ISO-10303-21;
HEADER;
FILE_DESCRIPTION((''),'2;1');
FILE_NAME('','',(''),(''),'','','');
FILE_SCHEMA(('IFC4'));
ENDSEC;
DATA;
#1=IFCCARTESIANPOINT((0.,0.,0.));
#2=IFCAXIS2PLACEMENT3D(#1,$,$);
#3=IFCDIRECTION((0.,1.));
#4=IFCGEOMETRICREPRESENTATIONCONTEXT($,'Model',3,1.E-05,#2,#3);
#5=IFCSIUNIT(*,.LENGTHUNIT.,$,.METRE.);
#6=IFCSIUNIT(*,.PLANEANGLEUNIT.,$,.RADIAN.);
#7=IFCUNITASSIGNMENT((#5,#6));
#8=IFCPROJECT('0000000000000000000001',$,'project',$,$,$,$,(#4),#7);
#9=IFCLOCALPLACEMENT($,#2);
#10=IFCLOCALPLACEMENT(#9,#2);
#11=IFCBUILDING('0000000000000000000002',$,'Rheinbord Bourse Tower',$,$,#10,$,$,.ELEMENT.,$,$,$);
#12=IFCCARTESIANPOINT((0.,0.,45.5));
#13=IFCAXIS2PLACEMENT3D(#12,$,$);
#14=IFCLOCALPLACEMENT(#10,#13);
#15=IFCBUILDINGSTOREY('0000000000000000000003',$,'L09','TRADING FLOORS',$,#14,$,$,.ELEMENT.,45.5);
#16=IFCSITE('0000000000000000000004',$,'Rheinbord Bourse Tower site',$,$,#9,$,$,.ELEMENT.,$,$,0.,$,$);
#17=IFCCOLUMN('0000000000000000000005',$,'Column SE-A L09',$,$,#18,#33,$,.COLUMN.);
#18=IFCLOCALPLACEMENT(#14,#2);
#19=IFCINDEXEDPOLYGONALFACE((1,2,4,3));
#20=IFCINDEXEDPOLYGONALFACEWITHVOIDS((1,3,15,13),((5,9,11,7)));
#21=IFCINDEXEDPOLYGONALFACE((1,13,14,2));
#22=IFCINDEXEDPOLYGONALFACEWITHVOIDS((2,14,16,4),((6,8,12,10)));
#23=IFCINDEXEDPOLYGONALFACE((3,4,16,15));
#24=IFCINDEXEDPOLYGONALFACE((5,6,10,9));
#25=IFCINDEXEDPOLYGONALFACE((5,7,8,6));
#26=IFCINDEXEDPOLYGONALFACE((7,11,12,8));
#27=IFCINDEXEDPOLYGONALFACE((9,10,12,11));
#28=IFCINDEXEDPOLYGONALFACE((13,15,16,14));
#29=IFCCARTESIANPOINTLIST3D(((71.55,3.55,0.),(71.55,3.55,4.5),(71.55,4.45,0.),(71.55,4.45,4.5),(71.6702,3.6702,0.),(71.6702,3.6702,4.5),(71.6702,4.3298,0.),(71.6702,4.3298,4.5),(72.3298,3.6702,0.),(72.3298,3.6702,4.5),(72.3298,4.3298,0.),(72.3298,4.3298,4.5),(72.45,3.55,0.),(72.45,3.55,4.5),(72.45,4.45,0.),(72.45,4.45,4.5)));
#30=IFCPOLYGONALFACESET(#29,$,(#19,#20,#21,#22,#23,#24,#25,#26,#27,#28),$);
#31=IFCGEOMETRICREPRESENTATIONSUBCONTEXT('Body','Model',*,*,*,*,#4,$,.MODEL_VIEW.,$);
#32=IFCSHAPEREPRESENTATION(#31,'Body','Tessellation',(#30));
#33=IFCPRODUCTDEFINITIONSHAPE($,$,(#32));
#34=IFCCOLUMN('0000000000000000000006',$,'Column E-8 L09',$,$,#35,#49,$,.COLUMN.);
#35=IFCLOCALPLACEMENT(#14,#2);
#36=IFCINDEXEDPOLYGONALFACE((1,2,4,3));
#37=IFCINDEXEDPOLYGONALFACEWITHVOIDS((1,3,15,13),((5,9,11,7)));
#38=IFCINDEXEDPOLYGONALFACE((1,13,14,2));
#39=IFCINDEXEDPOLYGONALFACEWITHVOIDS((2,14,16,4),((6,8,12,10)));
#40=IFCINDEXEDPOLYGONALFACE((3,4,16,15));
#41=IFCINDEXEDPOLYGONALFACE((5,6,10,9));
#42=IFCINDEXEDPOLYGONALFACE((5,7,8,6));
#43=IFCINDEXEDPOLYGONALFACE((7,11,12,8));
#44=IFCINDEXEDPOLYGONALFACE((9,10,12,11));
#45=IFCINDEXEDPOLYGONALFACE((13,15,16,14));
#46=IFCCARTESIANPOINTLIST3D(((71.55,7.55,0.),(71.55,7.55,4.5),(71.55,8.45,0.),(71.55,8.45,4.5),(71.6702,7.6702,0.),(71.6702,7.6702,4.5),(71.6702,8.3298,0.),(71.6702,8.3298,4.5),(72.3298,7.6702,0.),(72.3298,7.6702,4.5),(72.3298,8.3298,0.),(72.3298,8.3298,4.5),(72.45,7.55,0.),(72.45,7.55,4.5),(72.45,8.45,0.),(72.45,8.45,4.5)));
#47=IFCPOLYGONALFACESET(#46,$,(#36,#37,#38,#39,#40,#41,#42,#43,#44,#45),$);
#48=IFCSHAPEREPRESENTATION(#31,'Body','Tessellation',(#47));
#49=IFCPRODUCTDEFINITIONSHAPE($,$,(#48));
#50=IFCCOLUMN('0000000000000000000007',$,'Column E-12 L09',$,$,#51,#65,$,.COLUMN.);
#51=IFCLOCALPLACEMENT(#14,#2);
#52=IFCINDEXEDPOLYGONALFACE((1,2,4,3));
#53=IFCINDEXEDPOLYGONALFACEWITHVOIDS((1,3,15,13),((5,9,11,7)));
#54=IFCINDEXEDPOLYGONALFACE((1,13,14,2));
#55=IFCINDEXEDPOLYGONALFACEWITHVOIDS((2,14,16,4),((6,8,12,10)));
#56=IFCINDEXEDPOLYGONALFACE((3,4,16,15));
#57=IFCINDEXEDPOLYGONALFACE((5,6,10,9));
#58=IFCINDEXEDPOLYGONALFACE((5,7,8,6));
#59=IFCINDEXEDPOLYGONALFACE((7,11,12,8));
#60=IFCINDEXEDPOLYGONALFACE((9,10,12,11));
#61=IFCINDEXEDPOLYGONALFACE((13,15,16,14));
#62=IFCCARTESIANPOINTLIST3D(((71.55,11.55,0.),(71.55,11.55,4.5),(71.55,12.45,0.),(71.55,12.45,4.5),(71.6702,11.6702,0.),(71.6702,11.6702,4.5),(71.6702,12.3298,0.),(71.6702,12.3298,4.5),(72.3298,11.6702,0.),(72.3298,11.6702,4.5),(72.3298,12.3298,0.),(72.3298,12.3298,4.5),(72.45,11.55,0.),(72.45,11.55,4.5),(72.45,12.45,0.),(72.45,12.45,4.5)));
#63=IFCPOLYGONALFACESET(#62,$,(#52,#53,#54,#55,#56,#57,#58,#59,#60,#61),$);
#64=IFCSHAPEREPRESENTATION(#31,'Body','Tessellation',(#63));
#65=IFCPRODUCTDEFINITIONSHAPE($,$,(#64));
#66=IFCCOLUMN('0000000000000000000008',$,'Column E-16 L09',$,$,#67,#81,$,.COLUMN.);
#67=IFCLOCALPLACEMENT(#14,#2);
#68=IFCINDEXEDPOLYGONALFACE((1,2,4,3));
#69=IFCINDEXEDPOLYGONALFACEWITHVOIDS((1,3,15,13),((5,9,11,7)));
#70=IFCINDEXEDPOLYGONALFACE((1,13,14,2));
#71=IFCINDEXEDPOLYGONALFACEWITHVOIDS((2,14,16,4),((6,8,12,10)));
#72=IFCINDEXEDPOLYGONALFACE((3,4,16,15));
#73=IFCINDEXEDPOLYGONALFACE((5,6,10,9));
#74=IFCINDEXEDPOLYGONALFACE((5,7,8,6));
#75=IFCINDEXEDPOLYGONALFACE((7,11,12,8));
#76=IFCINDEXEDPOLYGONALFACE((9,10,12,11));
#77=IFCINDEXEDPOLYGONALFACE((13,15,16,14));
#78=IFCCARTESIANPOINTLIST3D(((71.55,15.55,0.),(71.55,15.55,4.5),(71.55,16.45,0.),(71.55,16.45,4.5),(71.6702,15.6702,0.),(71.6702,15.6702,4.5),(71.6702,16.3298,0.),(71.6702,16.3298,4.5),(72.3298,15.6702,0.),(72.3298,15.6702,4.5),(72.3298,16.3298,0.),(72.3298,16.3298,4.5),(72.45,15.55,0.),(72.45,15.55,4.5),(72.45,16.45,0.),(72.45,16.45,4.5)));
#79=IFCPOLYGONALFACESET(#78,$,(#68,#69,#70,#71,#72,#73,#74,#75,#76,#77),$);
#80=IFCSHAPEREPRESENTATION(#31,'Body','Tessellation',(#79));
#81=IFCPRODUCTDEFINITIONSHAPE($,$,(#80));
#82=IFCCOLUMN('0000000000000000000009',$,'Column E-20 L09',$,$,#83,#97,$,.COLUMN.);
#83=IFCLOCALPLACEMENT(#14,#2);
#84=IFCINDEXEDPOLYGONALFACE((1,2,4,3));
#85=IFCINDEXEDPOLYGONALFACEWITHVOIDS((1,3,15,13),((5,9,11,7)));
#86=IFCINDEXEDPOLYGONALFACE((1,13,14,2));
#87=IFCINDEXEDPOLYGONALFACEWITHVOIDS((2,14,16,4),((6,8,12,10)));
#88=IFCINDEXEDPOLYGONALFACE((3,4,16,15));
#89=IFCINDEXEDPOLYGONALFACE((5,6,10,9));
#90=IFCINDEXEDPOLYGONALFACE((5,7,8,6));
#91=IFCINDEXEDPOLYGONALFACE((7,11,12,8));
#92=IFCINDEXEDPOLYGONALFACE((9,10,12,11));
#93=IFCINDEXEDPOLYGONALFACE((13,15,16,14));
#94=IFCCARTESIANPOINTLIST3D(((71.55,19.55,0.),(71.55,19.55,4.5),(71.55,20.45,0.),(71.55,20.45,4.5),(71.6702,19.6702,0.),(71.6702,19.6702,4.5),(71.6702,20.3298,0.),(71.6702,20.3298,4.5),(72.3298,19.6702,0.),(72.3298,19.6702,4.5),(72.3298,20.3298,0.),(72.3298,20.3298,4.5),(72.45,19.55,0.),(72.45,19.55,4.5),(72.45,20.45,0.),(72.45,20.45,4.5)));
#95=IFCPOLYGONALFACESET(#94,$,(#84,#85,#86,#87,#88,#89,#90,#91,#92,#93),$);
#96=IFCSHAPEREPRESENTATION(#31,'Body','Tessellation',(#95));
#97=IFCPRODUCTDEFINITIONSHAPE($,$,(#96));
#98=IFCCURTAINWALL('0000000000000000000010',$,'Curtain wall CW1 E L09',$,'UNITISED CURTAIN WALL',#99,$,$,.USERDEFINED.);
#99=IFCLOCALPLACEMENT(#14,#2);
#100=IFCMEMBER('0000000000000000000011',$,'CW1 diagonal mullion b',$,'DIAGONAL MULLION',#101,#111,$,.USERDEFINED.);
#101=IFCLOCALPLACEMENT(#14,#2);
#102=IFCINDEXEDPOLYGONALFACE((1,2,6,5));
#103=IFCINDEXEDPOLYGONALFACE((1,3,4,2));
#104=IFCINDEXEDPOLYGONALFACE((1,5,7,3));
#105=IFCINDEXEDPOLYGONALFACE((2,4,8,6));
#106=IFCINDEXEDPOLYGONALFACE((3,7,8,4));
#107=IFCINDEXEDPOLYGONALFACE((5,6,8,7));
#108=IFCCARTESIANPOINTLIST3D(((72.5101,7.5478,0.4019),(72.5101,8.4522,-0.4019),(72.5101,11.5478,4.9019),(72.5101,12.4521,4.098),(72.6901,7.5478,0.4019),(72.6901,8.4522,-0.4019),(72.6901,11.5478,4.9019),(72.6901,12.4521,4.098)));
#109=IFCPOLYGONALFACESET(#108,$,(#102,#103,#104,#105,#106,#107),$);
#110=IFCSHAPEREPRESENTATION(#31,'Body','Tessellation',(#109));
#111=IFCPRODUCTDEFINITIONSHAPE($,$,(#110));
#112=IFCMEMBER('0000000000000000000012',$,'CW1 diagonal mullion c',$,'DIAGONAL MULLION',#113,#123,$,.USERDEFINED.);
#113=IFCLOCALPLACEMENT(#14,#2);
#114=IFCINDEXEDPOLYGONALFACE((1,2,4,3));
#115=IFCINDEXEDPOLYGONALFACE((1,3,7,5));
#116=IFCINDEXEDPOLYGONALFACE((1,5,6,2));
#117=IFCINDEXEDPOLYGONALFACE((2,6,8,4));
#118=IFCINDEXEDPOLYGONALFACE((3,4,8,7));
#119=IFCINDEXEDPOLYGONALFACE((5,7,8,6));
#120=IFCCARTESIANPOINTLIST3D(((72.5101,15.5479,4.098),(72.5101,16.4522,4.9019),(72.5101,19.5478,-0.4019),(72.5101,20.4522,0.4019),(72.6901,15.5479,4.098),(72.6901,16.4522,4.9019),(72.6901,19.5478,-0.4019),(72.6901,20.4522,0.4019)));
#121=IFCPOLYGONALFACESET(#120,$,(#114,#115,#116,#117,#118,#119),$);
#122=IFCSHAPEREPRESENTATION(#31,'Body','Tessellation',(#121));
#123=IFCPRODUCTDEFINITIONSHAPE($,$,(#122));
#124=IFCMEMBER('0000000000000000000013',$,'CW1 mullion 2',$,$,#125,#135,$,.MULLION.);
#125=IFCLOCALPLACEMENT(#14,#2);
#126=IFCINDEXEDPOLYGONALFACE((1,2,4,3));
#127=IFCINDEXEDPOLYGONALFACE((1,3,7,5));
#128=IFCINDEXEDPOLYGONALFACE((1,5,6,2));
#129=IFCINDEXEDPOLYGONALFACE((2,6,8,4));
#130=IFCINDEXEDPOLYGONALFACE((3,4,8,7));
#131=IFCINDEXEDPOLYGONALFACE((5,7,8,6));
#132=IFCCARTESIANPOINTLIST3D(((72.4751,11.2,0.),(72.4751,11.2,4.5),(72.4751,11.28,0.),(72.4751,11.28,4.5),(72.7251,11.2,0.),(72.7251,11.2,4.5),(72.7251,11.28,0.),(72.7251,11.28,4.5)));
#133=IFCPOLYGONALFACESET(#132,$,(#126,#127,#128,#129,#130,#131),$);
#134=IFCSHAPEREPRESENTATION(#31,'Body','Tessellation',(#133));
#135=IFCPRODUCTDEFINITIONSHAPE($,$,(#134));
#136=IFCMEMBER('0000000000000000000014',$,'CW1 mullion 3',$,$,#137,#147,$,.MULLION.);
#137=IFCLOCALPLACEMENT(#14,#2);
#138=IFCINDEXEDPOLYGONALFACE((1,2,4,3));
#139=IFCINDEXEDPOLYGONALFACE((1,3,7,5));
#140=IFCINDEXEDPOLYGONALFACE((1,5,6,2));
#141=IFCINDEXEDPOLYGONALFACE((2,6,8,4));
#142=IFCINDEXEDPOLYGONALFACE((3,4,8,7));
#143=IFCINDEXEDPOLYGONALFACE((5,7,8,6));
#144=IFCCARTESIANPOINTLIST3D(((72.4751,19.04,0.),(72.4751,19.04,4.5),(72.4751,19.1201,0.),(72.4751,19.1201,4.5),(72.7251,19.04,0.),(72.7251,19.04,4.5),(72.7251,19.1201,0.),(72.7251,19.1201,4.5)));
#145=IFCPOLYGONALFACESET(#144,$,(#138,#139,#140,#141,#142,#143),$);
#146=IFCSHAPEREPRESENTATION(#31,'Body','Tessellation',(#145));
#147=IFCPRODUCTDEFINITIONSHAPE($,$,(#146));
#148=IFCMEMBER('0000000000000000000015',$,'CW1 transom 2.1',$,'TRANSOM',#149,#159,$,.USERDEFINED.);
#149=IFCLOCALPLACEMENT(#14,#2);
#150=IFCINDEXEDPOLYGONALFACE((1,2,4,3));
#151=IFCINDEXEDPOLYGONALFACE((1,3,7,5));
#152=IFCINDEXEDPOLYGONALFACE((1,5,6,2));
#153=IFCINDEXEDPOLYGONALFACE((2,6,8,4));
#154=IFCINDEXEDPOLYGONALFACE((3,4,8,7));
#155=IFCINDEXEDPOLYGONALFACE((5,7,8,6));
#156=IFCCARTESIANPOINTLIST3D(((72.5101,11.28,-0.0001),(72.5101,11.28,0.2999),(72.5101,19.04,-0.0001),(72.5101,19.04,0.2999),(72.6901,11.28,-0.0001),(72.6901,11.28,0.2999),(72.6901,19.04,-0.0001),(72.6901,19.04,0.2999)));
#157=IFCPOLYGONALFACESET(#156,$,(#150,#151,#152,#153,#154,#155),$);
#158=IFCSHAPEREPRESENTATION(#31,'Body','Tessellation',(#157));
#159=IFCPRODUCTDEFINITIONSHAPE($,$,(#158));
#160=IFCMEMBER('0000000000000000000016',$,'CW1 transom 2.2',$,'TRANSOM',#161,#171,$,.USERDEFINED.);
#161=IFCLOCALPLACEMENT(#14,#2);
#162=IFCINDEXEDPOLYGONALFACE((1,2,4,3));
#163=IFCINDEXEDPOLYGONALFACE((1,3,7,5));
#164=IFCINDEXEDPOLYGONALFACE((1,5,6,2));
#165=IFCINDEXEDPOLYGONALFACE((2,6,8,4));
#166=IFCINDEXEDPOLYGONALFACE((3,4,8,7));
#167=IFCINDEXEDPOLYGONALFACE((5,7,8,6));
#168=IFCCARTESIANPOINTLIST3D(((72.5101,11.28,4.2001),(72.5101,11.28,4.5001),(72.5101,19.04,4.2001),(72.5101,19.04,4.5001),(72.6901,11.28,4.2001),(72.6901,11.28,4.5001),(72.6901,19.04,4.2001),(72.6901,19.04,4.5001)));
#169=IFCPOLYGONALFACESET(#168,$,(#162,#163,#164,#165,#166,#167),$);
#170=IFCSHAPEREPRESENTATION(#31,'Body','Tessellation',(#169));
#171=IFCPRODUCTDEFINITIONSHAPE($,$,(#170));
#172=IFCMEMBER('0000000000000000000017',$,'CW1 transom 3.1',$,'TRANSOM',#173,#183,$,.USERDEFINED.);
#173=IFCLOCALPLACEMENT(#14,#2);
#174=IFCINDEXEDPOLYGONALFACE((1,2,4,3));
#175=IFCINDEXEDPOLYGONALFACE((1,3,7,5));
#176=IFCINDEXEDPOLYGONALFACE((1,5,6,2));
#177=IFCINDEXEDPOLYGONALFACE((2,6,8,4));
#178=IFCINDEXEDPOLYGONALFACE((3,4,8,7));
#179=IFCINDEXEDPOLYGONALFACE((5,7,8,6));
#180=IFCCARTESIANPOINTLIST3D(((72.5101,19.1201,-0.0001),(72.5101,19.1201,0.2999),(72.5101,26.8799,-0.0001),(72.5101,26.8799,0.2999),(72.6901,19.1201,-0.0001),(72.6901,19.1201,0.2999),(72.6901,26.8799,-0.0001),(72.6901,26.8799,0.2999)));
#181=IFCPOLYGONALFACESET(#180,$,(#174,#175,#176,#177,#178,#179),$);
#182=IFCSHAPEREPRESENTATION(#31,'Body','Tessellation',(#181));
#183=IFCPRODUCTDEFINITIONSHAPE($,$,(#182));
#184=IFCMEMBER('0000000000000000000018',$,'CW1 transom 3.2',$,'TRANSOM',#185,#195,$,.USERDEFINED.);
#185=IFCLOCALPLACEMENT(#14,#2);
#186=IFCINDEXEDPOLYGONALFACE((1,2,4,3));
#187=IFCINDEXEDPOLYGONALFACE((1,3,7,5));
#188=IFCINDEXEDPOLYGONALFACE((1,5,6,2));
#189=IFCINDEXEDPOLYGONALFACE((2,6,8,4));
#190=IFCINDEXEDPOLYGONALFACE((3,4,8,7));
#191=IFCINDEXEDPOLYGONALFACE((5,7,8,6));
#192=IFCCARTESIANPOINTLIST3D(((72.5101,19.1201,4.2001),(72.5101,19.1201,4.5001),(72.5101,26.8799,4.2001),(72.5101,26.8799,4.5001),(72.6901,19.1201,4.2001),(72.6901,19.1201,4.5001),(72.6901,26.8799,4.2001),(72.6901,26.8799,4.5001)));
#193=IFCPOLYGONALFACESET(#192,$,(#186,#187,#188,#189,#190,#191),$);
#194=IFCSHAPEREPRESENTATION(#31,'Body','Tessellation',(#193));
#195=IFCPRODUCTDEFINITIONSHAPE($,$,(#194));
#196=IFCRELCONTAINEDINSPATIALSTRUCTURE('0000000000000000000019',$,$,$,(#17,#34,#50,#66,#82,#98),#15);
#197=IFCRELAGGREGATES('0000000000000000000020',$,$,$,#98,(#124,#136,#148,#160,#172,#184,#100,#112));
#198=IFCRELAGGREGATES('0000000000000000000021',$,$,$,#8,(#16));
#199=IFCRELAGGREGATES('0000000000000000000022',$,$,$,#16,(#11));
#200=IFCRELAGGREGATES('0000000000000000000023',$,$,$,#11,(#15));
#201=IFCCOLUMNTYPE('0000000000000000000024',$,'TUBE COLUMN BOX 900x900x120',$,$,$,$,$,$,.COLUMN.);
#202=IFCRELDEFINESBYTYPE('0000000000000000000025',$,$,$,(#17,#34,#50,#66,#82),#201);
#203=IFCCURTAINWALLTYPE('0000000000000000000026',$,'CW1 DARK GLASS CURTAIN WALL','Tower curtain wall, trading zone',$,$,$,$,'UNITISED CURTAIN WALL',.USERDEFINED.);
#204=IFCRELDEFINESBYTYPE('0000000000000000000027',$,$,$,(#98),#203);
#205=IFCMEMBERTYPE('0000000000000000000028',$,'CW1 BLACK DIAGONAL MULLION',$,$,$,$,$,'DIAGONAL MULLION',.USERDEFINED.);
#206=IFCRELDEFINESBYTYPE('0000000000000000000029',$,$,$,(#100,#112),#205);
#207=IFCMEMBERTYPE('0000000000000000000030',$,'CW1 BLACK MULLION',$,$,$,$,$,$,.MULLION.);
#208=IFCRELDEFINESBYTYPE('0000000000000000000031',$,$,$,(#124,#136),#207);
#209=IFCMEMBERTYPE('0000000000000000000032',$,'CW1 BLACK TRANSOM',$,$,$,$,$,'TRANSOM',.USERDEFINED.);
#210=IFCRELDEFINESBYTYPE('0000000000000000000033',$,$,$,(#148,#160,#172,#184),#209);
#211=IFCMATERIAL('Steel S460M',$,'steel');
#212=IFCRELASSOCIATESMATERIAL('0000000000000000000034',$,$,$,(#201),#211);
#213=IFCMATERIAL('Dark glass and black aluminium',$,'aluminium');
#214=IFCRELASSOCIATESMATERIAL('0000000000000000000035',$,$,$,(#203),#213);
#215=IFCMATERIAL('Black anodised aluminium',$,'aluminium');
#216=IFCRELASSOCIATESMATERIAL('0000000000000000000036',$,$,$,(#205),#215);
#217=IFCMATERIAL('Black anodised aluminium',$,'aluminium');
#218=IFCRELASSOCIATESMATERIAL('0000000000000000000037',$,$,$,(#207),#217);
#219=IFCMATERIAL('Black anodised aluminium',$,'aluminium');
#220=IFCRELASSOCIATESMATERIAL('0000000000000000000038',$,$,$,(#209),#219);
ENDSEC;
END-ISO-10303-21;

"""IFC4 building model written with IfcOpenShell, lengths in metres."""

from ifc_helpers import new_model, si_unit, direction, frame, origin, origin_2d, place, context, subcontext, project, spatial, rectangle, hollow_rectangle, extrude, material, material_profile, profile_set, type_object, element, aggregate, save


model = new_model("IFC4")

# Units and contexts
model_context = context("Model", 3, precision=1e-05, world=origin(), true_north=direction((0.0, 1.0)))
body_context = subcontext(model_context, "Body", "Model", "MODEL_VIEW")
ifc_project = project(units=[si_unit("LENGTHUNIT", "METRE"), si_unit("PLANEANGLEUNIT", "RADIAN")], contexts=[model_context])

# Site, building, storey
site_placement = place(None, origin())
site = spatial("IfcSite", under=ifc_project, at=site_placement, Name="Rheinbord Bourse Tower site", CompositionType="ELEMENT", RefElevation=0.0)
building_placement = place(site_placement, origin())
building = spatial("IfcBuilding", under=site, at=building_placement, Name="Rheinbord Bourse Tower", CompositionType="ELEMENT")
storey_placement = place(building_placement, frame((0.0, 0.0, 45.5)))
storey = spatial("IfcBuildingStorey", under=building, at=storey_placement, Name="L09", Description="TRADING FLOORS", CompositionType="ELEMENT", Elevation=45.5)

# Columns
ifc_material_1 = material(Name="Steel S460M", Category="steel")
ifc_material_profile_1 = material_profile(ifc_material_1, hollow_rectangle(XDim=0.8999, YDim=0.8999, WallThickness=0.1201, at=origin_2d()), Name="BOX 900x900x120")
ifc_profile_set_1 = profile_set([ifc_material_profile_1], Name="Steel S460M")
column_type = type_object("IfcColumnType", Name="TUBE COLUMN BOX 900x900x120", PredefinedType="COLUMN", material=ifc_profile_set_1)
for number, where, z_axis, x_axis, name in (
    (1, (72.0, 4.0, 0.0), (0.0, 0.0, 1.0), (1.0, 0.0, 0.0), "Column SE-A L09"),
    (2, (72.0, 8.0, 0.0), (0.0, 0.0, 1.0), (1.0, 0.0, 0.0), "Column E-8 L09"),
    (3, (72.0, 12.0, 0.0), (0.0, 0.0, 1.0), (1.0, 0.0, 0.0), "Column E-12 L09"),
    (4, (72.0, 16.0, 0.0), (0.0, 0.0, 1.0), (1.0, 0.0, 0.0), "Column E-16 L09"),
    (5, (72.0, 20.0, 0.0), (0.0, 0.0, 1.0), (1.0, 0.0, 0.0), "Column E-20 L09"),
):
    element("IfcColumn", number, at=place(storey_placement, frame(where, z_axis=z_axis, x_axis=x_axis)), inside=storey, type_object=column_type, Name=name, PredefinedType="COLUMN", context=body_context, shape_type="SweptSolid", body=[
        extrude(hollow_rectangle(XDim=0.8999, YDim=0.8999, WallThickness=0.1201, at=origin_2d()), origin(), (0.0, 0.0, 1.0), 4.5),
    ])

# Curtain wall, members
ifc_material_2 = material(Name="Dark glass and black aluminium", Category="aluminium")
curtain_wall_type = type_object("IfcCurtainWallType", Name="CW1 DARK GLASS CURTAIN WALL", Description="Tower curtain wall, trading zone", ElementType="UNITISED CURTAIN WALL", PredefinedType="USERDEFINED", material=ifc_material_2)
curtain_wall_placement = place(storey_placement, origin())
curtain_wall = element("IfcCurtainWall", 6, at=curtain_wall_placement, inside=storey, type_object=curtain_wall_type, Name="Curtain wall CW1 E L09", ObjectType="UNITISED CURTAIN WALL", PredefinedType="USERDEFINED")
ifc_material_3 = material(Name="Black anodised aluminium", Category="aluminium")
ifc_material_profile_2 = material_profile(ifc_material_3, rectangle(XDim=0.1799, YDim=1.21, at=origin_2d()), Name="CW1 DIAGONAL MULLION 1210x180")
ifc_profile_set_2 = profile_set([ifc_material_profile_2], Name="Black anodised aluminium")
member_type_1 = type_object("IfcMemberType", Name="CW1 BLACK DIAGONAL MULLION", ElementType="DIAGONAL MULLION", PredefinedType="USERDEFINED", material=ifc_profile_set_2)
member_1_placement = place(storey_placement, frame((72.6001, 8.0, 0.0), z_axis=(0.0, 0.664364, 0.747409), x_axis=(-1.0, 0.0, 0.0)))
member_1 = element("IfcMember", 7, at=member_1_placement, type_object=member_type_1, Name="CW1 diagonal mullion b", ObjectType="DIAGONAL MULLION", PredefinedType="USERDEFINED", context=body_context, shape_type="SweptSolid", body=[
    extrude(rectangle(XDim=0.1799, YDim=1.21, at=origin_2d()), origin(), (0.0, 0.0, 1.0), 6.0208),
])
member_2_placement = place(storey_placement, frame((72.6001, 20.0, 0.0), z_axis=(0.0, -0.664364, 0.747409), x_axis=(1.0, 0.0, 0.0)))
member_2 = element("IfcMember", 8, at=member_2_placement, type_object=member_type_1, Name="CW1 diagonal mullion c", ObjectType="DIAGONAL MULLION", PredefinedType="USERDEFINED", context=body_context, shape_type="SweptSolid", body=[
    extrude(rectangle(XDim=0.1799, YDim=1.21, at=origin_2d()), origin(), (0.0, 0.0, 1.0), 6.0208),
])
ifc_material_4 = material(Name="Black anodised aluminium", Category="aluminium")
ifc_material_profile_3 = material_profile(ifc_material_4, rectangle(XDim=0.25, YDim=0.0801, at=origin_2d()), Name="CW1 MULLION 80x250")
ifc_profile_set_3 = profile_set([ifc_material_profile_3], Name="Black anodised aluminium")
member_type_2 = type_object("IfcMemberType", Name="CW1 BLACK MULLION", PredefinedType="MULLION", material=ifc_profile_set_3)
member_3_placement = place(storey_placement, frame((72.6001, 11.24, 0.0), z_axis=(0.0, 0.0, 1.0), x_axis=(-1.0, 0.0, 0.0)))
member_3 = element("IfcMember", 9, at=member_3_placement, type_object=member_type_2, Name="CW1 mullion 2", PredefinedType="MULLION", context=body_context, shape_type="SweptSolid", body=[
    extrude(rectangle(XDim=0.25, YDim=0.0801, at=origin_2d()), origin(), (0.0, 0.0, 1.0), 4.5),
])
member_4_placement = place(storey_placement, frame((72.6001, 19.0801, 0.0), z_axis=(0.0, 0.0, 1.0), x_axis=(-1.0, 0.0, 0.0)))
member_4 = element("IfcMember", 10, at=member_4_placement, type_object=member_type_2, Name="CW1 mullion 3", PredefinedType="MULLION", context=body_context, shape_type="SweptSolid", body=[
    extrude(rectangle(XDim=0.25, YDim=0.0801, at=origin_2d()), origin(), (0.0, 0.0, 1.0), 4.5),
])
ifc_material_5 = material(Name="Black anodised aluminium", Category="aluminium")
ifc_material_profile_4 = material_profile(ifc_material_5, rectangle(XDim=0.1799, YDim=0.3, at=origin_2d()), Name="CW1 TRANSOM 300x180")
ifc_profile_set_4 = profile_set([ifc_material_profile_4], Name="Black anodised aluminium")
member_type_3 = type_object("IfcMemberType", Name="CW1 BLACK TRANSOM", ElementType="TRANSOM", PredefinedType="USERDEFINED", material=ifc_profile_set_4)
member_5_placement = place(storey_placement, frame((72.6001, 11.28, 0.1499), z_axis=(0.0, 1.0, 0.0), x_axis=(-1.0, 0.0, 0.0)))
member_5 = element("IfcMember", 11, at=member_5_placement, type_object=member_type_3, Name="CW1 transom 2.1", ObjectType="TRANSOM", PredefinedType="USERDEFINED", context=body_context, shape_type="SweptSolid", body=[
    extrude(rectangle(XDim=0.1799, YDim=0.3, at=origin_2d()), origin(), (0.0, 0.0, 1.0), 7.76),
])
member_6_placement = place(storey_placement, frame((72.6001, 11.28, 4.3501), z_axis=(0.0, 1.0, 0.0), x_axis=(-1.0, 0.0, 0.0)))
member_6 = element("IfcMember", 12, at=member_6_placement, type_object=member_type_3, Name="CW1 transom 2.2", ObjectType="TRANSOM", PredefinedType="USERDEFINED", context=body_context, shape_type="SweptSolid", body=[
    extrude(rectangle(XDim=0.1799, YDim=0.3, at=origin_2d()), origin(), (0.0, 0.0, 1.0), 7.76),
])
member_7_placement = place(storey_placement, frame((72.6001, 19.1201, 0.1499), z_axis=(0.0, 1.0, 0.0), x_axis=(-1.0, 0.0, 0.0)))
member_7 = element("IfcMember", 13, at=member_7_placement, type_object=member_type_3, Name="CW1 transom 3.1", ObjectType="TRANSOM", PredefinedType="USERDEFINED", context=body_context, shape_type="SweptSolid", body=[
    extrude(rectangle(XDim=0.1799, YDim=0.3, at=origin_2d()), origin(), (0.0, 0.0, 1.0), 7.7598),
])
member_8_placement = place(storey_placement, frame((72.6001, 19.1201, 4.3501), z_axis=(0.0, 1.0, 0.0), x_axis=(-1.0, 0.0, 0.0)))
member_8 = element("IfcMember", 14, at=member_8_placement, type_object=member_type_3, Name="CW1 transom 3.2", ObjectType="TRANSOM", PredefinedType="USERDEFINED", context=body_context, shape_type="SweptSolid", body=[
    extrude(rectangle(XDim=0.1799, YDim=0.3, at=origin_2d()), origin(), (0.0, 0.0, 1.0), 7.7598),
])

aggregate(curtain_wall, [member_3, member_4, member_5, member_6, member_7, member_8, member_1, member_2])

save(model, "model.ifc")
